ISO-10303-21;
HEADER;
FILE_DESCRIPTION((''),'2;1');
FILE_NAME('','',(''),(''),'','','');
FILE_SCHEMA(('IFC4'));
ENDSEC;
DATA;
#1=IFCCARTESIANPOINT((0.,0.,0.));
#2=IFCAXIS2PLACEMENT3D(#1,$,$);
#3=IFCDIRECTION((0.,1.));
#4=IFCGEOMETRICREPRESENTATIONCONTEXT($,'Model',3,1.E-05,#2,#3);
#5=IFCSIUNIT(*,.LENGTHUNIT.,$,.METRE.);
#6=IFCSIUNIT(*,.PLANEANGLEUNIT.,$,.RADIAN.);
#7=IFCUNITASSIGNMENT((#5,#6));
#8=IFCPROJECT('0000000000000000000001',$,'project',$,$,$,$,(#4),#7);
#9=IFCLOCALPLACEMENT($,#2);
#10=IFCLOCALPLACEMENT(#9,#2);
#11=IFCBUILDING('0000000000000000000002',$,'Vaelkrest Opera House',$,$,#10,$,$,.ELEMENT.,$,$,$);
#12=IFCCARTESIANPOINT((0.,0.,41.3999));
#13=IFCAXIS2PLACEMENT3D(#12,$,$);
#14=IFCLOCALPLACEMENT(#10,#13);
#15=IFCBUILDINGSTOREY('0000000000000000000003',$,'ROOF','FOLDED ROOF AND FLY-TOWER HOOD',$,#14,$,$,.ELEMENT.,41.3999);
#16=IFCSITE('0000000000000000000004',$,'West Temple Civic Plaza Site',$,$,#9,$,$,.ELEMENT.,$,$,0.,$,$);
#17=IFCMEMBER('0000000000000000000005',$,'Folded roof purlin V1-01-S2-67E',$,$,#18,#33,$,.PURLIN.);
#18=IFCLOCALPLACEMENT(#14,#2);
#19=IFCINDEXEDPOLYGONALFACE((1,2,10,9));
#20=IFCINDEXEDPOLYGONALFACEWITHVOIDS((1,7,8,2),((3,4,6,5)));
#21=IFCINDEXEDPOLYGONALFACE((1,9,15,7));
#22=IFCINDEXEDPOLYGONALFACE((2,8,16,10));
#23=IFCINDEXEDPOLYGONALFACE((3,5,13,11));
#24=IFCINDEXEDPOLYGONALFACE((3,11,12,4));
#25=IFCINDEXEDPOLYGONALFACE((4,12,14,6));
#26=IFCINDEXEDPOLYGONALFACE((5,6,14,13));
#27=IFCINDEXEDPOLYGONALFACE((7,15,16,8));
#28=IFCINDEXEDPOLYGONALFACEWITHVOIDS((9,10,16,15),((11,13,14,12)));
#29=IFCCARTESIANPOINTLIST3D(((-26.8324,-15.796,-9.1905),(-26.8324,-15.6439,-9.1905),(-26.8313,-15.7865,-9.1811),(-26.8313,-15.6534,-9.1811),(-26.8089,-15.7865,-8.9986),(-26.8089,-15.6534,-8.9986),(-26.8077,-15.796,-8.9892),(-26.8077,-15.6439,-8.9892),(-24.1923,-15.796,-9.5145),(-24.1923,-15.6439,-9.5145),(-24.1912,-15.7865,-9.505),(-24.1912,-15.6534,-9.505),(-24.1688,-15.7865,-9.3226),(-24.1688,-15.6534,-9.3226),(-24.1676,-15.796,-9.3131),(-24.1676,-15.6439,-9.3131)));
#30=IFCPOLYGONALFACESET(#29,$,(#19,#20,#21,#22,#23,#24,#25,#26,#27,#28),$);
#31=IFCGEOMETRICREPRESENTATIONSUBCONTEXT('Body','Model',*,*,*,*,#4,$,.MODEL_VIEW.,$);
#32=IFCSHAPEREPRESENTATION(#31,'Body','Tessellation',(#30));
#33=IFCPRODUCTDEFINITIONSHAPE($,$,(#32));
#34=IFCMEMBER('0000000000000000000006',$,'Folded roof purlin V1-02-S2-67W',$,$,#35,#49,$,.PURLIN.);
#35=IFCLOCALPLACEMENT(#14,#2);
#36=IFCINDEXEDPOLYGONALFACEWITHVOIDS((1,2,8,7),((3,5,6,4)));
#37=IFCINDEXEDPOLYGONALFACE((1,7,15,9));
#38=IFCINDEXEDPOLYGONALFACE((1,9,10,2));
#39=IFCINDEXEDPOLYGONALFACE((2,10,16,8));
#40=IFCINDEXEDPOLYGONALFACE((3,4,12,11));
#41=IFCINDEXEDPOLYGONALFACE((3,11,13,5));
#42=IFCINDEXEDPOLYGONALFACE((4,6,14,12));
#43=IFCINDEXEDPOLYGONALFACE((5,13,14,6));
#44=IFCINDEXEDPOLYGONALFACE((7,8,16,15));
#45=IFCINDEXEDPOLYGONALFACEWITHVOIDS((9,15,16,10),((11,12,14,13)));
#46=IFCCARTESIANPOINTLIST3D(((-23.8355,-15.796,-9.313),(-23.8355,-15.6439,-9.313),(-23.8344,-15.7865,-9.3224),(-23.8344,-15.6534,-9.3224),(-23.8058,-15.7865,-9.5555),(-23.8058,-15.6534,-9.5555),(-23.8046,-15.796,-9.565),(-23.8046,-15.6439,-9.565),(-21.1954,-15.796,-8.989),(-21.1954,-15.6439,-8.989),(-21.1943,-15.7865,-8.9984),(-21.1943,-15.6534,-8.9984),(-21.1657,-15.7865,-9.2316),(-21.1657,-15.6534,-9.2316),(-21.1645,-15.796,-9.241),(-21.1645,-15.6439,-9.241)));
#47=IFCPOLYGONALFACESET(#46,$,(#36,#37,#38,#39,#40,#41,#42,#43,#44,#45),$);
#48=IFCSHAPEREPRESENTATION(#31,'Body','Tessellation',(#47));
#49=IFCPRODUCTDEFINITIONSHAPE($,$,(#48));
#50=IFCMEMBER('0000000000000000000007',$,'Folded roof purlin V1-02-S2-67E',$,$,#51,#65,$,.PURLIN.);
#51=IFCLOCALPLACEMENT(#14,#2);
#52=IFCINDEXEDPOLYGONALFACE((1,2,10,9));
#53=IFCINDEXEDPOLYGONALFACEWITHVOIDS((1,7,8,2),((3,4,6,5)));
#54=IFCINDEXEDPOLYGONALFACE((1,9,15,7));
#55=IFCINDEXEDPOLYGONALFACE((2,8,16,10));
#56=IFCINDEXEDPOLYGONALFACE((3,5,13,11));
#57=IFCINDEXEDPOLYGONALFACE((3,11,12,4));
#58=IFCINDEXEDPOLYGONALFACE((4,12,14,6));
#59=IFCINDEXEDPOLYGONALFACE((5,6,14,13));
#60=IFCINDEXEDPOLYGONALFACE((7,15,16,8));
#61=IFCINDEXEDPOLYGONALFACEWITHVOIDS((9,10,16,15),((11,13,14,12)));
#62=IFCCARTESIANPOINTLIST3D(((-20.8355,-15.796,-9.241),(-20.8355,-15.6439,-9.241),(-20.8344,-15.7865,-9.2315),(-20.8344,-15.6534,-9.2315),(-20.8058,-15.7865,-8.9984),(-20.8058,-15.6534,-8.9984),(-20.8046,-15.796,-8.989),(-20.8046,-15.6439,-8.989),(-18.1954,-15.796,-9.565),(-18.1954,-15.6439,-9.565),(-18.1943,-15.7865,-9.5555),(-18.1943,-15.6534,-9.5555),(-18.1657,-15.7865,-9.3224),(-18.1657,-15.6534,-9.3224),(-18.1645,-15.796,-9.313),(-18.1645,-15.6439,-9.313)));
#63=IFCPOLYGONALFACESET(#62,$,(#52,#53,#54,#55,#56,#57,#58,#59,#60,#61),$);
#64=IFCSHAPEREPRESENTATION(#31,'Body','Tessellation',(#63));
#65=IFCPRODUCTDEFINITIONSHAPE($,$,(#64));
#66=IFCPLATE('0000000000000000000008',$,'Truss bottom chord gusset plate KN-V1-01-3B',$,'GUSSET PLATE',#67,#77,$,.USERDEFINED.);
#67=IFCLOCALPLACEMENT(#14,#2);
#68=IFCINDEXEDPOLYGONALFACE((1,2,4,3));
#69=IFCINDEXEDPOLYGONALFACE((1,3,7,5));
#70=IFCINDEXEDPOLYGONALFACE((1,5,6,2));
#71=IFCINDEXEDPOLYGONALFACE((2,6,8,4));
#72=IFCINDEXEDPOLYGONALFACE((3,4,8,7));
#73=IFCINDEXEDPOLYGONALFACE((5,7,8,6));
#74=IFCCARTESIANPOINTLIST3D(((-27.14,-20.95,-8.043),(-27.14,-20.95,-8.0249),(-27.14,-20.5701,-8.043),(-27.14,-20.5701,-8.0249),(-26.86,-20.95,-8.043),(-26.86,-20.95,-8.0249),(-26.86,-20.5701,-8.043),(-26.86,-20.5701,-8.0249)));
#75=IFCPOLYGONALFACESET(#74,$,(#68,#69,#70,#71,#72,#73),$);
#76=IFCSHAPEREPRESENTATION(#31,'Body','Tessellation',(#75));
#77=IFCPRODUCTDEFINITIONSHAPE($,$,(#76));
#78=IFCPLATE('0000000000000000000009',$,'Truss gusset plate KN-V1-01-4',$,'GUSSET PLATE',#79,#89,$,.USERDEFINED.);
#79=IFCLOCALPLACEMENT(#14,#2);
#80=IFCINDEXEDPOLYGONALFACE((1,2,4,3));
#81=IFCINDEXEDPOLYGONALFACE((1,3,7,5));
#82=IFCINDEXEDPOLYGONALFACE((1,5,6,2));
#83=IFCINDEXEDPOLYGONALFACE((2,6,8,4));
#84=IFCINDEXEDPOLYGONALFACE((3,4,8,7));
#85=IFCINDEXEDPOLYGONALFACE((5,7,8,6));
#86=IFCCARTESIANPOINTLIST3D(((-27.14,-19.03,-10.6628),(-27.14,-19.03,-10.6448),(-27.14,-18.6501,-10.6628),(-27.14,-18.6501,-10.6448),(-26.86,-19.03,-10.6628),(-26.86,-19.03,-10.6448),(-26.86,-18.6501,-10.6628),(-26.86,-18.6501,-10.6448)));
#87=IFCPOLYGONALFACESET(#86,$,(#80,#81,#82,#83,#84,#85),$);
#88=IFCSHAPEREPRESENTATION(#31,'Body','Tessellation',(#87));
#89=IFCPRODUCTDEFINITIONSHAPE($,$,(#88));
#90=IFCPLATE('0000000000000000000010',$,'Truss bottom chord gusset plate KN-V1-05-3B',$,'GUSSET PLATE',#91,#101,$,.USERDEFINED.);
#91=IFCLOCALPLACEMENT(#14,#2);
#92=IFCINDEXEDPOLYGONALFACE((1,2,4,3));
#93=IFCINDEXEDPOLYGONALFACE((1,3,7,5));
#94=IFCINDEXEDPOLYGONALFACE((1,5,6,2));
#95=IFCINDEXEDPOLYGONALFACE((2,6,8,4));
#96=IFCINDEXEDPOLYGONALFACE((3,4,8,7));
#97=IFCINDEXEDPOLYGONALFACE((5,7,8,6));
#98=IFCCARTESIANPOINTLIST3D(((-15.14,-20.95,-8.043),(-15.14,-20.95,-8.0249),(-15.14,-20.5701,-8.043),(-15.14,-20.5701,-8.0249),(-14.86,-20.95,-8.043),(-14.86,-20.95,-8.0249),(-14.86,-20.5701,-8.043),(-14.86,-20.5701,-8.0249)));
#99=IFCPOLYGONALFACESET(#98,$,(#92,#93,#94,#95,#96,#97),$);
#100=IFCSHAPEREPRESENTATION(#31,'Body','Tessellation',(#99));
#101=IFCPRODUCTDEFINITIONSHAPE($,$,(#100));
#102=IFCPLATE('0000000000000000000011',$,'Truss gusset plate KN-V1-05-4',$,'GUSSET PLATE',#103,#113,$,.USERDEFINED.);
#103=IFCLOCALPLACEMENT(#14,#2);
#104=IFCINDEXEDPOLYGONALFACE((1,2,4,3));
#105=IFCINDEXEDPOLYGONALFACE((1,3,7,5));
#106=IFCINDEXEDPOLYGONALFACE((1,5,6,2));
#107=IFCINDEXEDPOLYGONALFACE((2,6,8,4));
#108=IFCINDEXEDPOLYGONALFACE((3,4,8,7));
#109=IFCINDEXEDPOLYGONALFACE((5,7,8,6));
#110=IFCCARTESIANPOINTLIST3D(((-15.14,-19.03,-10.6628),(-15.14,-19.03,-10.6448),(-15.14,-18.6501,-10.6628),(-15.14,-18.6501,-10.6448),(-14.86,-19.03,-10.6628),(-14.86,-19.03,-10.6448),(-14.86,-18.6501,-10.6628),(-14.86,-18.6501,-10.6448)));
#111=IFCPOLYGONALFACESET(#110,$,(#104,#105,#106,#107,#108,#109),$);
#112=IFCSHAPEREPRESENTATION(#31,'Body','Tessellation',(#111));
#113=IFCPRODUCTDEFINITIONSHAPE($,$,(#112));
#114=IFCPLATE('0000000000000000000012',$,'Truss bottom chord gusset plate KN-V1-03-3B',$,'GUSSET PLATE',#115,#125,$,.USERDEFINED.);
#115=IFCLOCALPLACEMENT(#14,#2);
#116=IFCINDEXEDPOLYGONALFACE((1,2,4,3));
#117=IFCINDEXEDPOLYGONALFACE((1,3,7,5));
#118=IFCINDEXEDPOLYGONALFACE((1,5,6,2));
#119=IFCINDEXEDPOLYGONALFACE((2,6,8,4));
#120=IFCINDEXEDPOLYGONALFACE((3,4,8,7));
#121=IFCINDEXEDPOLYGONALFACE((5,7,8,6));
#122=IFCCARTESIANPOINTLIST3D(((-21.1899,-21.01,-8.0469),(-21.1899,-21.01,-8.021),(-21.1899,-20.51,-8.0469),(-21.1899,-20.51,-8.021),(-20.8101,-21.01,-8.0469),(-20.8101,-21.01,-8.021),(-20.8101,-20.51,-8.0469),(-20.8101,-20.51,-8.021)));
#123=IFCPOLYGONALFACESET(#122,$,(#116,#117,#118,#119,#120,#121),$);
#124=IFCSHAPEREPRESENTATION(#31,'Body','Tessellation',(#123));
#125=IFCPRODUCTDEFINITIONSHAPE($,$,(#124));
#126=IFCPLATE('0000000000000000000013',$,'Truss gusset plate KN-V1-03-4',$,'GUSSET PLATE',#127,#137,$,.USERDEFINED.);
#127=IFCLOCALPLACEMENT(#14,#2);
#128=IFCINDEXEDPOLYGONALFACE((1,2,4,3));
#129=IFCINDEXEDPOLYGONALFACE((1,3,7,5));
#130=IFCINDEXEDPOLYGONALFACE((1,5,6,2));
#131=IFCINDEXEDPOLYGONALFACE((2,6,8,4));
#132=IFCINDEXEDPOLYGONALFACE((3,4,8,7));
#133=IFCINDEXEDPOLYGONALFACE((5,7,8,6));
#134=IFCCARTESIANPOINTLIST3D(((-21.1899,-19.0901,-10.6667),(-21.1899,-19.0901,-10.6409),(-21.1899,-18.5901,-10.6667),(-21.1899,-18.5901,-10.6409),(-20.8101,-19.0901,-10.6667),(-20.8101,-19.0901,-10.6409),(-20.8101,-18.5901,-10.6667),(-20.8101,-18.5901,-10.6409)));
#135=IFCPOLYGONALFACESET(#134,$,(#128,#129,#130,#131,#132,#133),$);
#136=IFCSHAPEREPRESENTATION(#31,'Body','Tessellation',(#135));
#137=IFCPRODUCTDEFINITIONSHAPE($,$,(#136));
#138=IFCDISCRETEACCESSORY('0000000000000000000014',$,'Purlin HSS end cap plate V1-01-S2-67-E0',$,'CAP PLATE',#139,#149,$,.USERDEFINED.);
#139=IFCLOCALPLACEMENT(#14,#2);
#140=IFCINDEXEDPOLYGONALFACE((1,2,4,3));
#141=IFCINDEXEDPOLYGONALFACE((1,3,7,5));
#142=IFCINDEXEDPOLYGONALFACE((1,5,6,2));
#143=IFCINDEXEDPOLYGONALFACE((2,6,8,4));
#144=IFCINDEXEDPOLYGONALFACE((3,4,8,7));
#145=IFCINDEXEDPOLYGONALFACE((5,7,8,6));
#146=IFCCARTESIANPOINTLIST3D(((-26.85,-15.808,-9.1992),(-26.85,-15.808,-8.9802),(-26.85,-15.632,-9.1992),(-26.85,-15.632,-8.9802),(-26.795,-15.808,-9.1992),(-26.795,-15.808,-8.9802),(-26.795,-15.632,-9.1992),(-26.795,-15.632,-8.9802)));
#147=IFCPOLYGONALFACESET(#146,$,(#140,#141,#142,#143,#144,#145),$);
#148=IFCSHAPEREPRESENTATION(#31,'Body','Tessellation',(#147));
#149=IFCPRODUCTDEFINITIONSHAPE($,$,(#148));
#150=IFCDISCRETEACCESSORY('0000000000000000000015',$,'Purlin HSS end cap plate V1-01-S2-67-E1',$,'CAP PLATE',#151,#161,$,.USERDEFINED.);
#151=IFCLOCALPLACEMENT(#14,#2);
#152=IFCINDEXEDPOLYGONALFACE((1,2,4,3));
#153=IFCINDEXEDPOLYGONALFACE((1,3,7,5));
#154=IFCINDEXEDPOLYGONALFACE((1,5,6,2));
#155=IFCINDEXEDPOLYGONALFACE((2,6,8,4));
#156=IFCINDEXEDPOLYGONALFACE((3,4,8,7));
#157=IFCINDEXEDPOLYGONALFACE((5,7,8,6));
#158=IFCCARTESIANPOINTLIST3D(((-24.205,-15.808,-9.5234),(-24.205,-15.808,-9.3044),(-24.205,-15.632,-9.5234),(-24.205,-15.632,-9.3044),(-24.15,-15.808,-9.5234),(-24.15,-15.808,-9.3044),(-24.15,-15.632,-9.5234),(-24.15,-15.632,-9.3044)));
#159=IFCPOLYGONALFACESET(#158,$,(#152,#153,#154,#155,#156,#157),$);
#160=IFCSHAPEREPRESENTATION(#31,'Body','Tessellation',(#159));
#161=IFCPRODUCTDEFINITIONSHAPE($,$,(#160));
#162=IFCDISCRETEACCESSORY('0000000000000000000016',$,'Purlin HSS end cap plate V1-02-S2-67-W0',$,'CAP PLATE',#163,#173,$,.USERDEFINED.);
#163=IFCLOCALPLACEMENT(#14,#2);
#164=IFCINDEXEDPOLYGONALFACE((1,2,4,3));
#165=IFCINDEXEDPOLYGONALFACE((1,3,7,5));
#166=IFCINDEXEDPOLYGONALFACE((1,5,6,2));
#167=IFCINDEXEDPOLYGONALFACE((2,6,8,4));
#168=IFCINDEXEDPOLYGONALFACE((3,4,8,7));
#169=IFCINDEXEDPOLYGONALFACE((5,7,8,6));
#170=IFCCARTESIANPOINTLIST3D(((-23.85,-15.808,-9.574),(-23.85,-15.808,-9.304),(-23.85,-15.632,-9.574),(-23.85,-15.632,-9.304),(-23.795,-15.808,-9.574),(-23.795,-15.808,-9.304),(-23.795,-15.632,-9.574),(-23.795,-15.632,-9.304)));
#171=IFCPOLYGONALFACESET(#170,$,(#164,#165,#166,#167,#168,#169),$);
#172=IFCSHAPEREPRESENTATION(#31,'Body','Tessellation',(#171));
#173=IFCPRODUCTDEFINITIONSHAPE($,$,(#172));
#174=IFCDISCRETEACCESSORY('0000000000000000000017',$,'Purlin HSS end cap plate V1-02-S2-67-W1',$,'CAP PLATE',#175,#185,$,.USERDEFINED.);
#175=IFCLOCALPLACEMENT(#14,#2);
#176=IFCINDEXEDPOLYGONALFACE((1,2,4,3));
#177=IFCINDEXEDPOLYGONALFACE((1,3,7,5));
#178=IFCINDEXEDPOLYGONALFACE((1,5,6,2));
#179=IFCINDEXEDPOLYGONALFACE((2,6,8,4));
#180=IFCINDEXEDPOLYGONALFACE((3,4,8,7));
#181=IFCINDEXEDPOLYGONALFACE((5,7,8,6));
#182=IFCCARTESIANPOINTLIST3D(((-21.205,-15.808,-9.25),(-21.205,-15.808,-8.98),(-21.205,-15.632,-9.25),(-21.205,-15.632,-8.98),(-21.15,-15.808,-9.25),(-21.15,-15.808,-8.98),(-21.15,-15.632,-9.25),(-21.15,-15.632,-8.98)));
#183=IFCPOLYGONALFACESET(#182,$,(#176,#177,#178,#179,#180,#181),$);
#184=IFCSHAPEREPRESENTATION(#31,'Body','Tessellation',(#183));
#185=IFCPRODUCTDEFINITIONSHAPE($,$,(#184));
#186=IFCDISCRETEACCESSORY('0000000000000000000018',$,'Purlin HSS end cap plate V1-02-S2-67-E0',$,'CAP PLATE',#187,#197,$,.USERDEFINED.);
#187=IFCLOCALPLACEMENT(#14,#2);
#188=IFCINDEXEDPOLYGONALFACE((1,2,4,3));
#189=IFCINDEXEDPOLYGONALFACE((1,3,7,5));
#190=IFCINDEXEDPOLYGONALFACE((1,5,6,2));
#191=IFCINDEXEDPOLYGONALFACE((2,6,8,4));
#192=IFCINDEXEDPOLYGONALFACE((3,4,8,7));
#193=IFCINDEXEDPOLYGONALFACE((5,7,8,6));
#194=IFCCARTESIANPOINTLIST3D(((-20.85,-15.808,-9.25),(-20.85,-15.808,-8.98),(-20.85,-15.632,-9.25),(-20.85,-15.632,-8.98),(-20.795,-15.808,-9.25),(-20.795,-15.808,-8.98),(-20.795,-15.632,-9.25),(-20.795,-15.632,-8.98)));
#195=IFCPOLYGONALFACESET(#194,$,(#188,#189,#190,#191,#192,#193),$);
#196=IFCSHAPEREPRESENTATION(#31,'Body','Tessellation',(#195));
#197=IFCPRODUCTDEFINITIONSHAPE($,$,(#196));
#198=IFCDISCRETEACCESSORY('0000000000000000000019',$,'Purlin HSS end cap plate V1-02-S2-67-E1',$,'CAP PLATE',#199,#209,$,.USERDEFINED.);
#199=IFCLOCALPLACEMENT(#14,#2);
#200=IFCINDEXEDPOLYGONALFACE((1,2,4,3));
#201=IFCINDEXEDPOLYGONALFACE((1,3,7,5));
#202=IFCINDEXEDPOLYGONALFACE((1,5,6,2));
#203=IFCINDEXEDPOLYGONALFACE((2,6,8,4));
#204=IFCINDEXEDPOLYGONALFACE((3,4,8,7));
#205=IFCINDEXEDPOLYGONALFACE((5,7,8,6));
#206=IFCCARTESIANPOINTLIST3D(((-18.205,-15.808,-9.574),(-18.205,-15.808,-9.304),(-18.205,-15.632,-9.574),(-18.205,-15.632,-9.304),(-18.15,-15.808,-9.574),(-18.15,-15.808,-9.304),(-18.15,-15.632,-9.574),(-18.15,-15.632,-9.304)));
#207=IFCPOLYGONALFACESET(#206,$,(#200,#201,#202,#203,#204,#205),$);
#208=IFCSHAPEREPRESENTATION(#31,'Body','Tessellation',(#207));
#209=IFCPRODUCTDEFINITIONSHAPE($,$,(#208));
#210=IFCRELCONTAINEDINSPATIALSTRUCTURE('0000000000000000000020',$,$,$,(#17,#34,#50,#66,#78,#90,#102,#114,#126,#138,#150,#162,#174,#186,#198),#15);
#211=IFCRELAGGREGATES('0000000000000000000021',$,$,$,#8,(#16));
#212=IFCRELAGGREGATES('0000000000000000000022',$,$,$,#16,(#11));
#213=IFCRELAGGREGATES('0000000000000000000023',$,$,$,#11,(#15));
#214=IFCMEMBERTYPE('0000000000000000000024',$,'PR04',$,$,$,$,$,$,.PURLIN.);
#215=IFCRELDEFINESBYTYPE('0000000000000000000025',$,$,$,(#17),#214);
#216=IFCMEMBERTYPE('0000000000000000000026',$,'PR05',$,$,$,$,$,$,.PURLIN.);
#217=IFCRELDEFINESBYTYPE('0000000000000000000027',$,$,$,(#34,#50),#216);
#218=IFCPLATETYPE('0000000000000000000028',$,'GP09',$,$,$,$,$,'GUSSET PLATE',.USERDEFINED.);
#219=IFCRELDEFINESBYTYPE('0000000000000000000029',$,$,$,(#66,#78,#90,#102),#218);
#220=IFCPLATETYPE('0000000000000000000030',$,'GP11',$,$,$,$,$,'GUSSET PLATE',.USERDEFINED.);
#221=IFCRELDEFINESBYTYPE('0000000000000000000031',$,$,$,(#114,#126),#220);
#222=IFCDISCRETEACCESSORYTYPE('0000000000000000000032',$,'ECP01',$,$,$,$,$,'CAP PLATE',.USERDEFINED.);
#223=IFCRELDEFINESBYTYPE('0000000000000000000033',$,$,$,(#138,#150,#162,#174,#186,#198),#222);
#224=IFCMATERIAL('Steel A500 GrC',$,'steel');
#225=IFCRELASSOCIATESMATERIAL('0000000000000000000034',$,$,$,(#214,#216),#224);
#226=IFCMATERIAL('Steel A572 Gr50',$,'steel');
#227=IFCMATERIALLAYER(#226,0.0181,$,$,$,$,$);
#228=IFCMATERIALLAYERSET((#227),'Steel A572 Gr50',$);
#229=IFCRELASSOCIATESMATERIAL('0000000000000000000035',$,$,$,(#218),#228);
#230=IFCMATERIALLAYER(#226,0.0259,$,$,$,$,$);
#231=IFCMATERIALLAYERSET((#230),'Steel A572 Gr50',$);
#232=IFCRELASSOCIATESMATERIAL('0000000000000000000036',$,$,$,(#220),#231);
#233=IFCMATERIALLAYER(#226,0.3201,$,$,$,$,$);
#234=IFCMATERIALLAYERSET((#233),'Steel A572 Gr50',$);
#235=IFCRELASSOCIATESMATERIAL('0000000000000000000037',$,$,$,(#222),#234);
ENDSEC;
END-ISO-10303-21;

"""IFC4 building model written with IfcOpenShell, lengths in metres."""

from ifc_helpers import new_model, si_unit, direction, frame, origin, origin_2d, place, context, subcontext, project, spatial, rectangle, hollow_rectangle, extrude, material, layer, layer_set, material_profile, profile_set, type_object, element, save


model = new_model("IFC4")

# Units and contexts
model_context = context("Model", 3, precision=1e-05, world=origin(), true_north=direction((0.0, 1.0)))
body_context = subcontext(model_context, "Body", "Model", "MODEL_VIEW")
ifc_project = project(units=[si_unit("LENGTHUNIT", "METRE"), si_unit("PLANEANGLEUNIT", "RADIAN")], contexts=[model_context])

# Site, building, storey
site_placement = place(None, origin())
site = spatial("IfcSite", under=ifc_project, at=site_placement, Name="West Temple Civic Plaza Site", CompositionType="ELEMENT", RefElevation=0.0)
building_placement = place(site_placement, origin())
building = spatial("IfcBuilding", under=site, at=building_placement, Name="Vaelkrest Opera House", CompositionType="ELEMENT")
storey_placement = place(building_placement, frame((0.0, 0.0, 41.3999)))
storey = spatial("IfcBuildingStorey", under=building, at=storey_placement, Name="ROOF", Description="FOLDED ROOF AND FLY-TOWER HOOD", CompositionType="ELEMENT", Elevation=41.3999)

# Members
ifc_material_1 = material(Name="Steel A500 GrC", Category="steel")
ifc_material_profile_1 = material_profile(ifc_material_1, hollow_rectangle(XDim=0.1521, YDim=0.2029, WallThickness=0.0095, at=origin_2d()), Name="HSS203X152X9.5")
ifc_profile_set_1 = profile_set([ifc_material_profile_1], Name="Steel A500 GrC")
member_type_1 = type_object("IfcMemberType", Name="PR04", PredefinedType="PURLIN", material=ifc_profile_set_1)
member_1_placement = place(storey_placement, frame((-26.8201, -15.72, -9.0898), z_axis=(0.992555, 0.0, -0.121798), x_axis=(0.0, 1.0, 0.0)))
element("IfcMember", 1, at=member_1_placement, inside=storey, type_object=member_type_1, Name="Folded roof purlin V1-01-S2-67E", PredefinedType="PURLIN", context=body_context, shape_type="SweptSolid", body=[
    extrude(hollow_rectangle(XDim=0.1521, YDim=0.2029, WallThickness=0.0095, at=origin_2d()), origin(), (0.0, 0.0, 1.0), 2.6599),
])
ifc_material_profile_2 = material_profile(ifc_material_1, hollow_rectangle(XDim=0.1521, YDim=0.2539, WallThickness=0.0095, at=origin_2d()), Name="HSS254X152X9.5")
ifc_profile_set_2 = profile_set([ifc_material_profile_2], Name="Steel A500 GrC")
member_type_2 = type_object("IfcMemberType", Name="PR05", PredefinedType="PURLIN", material=ifc_profile_set_2)
for number, where, z_axis, x_axis, name in (
    (2, (-23.8201, -15.72, -9.439), (0.992555, 0.0, 0.121798), (0.0, 1.0, 0.0), "Folded roof purlin V1-02-S2-67W"),
    (3, (-20.8201, -15.72, -9.115), (0.992555, 0.0, -0.121798), (0.0, 1.0, 0.0), "Folded roof purlin V1-02-S2-67E"),
):
    element("IfcMember", number, at=place(storey_placement, frame(where, z_axis=z_axis, x_axis=x_axis)), inside=storey, type_object=member_type_2, Name=name, PredefinedType="PURLIN", context=body_context, shape_type="SweptSolid", body=[
        extrude(hollow_rectangle(XDim=0.1521, YDim=0.2539, WallThickness=0.0095, at=origin_2d()), origin(), (0.0, 0.0, 1.0), 2.6599),
    ])

# Plates
ifc_material_2 = material(Name="Steel A572 Gr50", Category="steel")
ifc_layer_1 = layer(ifc_material_2, 0.0181)
ifc_layer_set_1 = layer_set([ifc_layer_1], Name="Steel A572 Gr50")
plate_type_1 = type_object("IfcPlateType", Name="GP09", ElementType="GUSSET PLATE", PredefinedType="USERDEFINED", material=ifc_layer_set_1)
for number, where, z_axis, x_axis, name in (
    (4, (-27.0, -20.76, -8.043), (0.0, 0.0, 1.0), (0.0, 1.0, 0.0), "Truss bottom chord gusset plate KN-V1-01-3B"),
    (5, (-27.0, -18.8401, -10.6628), (0.0, 0.0, 1.0), (0.0, 1.0, 0.0), "Truss gusset plate KN-V1-01-4"),
    (6, (-15.0, -20.76, -8.043), (0.0, 0.0, 1.0), (0.0, 1.0, 0.0), "Truss bottom chord gusset plate KN-V1-05-3B"),
    (7, (-15.0, -18.8401, -10.6628), (0.0, 0.0, 1.0), (0.0, 1.0, 0.0), "Truss gusset plate KN-V1-05-4"),
):
    element("IfcPlate", number, at=place(storey_placement, frame(where, z_axis=z_axis, x_axis=x_axis)), inside=storey, type_object=plate_type_1, Name=name, ObjectType="GUSSET PLATE", PredefinedType="USERDEFINED", context=body_context, shape_type="SweptSolid", body=[
        extrude(rectangle(XDim=0.3799, YDim=0.28, at=origin_2d()), origin(), (0.0, 0.0, 1.0), 0.0181),
    ])
ifc_layer_2 = layer(ifc_material_2, 0.0259)
ifc_layer_set_2 = layer_set([ifc_layer_2], Name="Steel A572 Gr50")
plate_type_2 = type_object("IfcPlateType", Name="GP11", ElementType="GUSSET PLATE", PredefinedType="USERDEFINED", material=ifc_layer_set_2)
for number, where, z_axis, x_axis, name in (
    (8, (-21.0, -20.76, -8.0469), (0.0, 0.0, 1.0), (0.0, 1.0, 0.0), "Truss bottom chord gusset plate KN-V1-03-3B"),
    (9, (-21.0, -18.8401, -10.6667), (0.0, 0.0, 1.0), (0.0, 1.0, 0.0), "Truss gusset plate KN-V1-03-4"),
):
    element("IfcPlate", number, at=place(storey_placement, frame(where, z_axis=z_axis, x_axis=x_axis)), inside=storey, type_object=plate_type_2, Name=name, ObjectType="GUSSET PLATE", PredefinedType="USERDEFINED", context=body_context, shape_type="SweptSolid", body=[
        extrude(rectangle(XDim=0.5, YDim=0.3799, at=origin_2d()), origin(), (0.0, 0.0, 1.0), 0.0259),
    ])

# Discrete accessories
ifc_layer_3 = layer(ifc_material_2, 0.3201)
ifc_layer_set_3 = layer_set([ifc_layer_3], Name="Steel A572 Gr50")
discrete_accessory_type = type_object("IfcDiscreteAccessoryType", Name="ECP01", ElementType="CAP PLATE", PredefinedType="USERDEFINED", material=ifc_layer_set_3)
for number, where, z_axis, x_axis, name in (
    (10, (-26.8225, -15.72, -9.1992), (0.0, 0.0, 1.0), (1.0, 0.0, 0.0), "Purlin HSS end cap plate V1-01-S2-67-E0"),
    (11, (-24.1775, -15.72, -9.5234), (0.0, 0.0, 1.0), (1.0, 0.0, 0.0), "Purlin HSS end cap plate V1-01-S2-67-E1"),
):
    element("IfcDiscreteAccessory", number, at=place(storey_placement, frame(where, z_axis=z_axis, x_axis=x_axis)), inside=storey, type_object=discrete_accessory_type, Name=name, ObjectType="CAP PLATE", PredefinedType="USERDEFINED", context=body_context, shape_type="SweptSolid", body=[
        extrude(rectangle(XDim=0.0549, YDim=0.176, at=origin_2d()), origin(), (0.0, 0.0, 1.0), 0.219),
    ])
for number, where, z_axis, x_axis, name in (
    (12, (-23.8225, -15.72, -9.574), (0.0, 0.0, 1.0), (1.0, 0.0, 0.0), "Purlin HSS end cap plate V1-02-S2-67-W0"),
    (13, (-21.1775, -15.72, -9.25), (0.0, 0.0, 1.0), (1.0, 0.0, 0.0), "Purlin HSS end cap plate V1-02-S2-67-W1"),
    (14, (-20.8225, -15.72, -9.25), (0.0, 0.0, 1.0), (1.0, 0.0, 0.0), "Purlin HSS end cap plate V1-02-S2-67-E0"),
    (15, (-18.1775, -15.72, -9.574), (0.0, 0.0, 1.0), (1.0, 0.0, 0.0), "Purlin HSS end cap plate V1-02-S2-67-E1"),
):
    element("IfcDiscreteAccessory", number, at=place(storey_placement, frame(where, z_axis=z_axis, x_axis=x_axis)), inside=storey, type_object=discrete_accessory_type, Name=name, ObjectType="CAP PLATE", PredefinedType="USERDEFINED", context=body_context, shape_type="SweptSolid", body=[
        extrude(rectangle(XDim=0.0549, YDim=0.176, at=origin_2d()), origin(), (0.0, 0.0, 1.0), 0.27),
    ])

save(model, "model.ifc")
